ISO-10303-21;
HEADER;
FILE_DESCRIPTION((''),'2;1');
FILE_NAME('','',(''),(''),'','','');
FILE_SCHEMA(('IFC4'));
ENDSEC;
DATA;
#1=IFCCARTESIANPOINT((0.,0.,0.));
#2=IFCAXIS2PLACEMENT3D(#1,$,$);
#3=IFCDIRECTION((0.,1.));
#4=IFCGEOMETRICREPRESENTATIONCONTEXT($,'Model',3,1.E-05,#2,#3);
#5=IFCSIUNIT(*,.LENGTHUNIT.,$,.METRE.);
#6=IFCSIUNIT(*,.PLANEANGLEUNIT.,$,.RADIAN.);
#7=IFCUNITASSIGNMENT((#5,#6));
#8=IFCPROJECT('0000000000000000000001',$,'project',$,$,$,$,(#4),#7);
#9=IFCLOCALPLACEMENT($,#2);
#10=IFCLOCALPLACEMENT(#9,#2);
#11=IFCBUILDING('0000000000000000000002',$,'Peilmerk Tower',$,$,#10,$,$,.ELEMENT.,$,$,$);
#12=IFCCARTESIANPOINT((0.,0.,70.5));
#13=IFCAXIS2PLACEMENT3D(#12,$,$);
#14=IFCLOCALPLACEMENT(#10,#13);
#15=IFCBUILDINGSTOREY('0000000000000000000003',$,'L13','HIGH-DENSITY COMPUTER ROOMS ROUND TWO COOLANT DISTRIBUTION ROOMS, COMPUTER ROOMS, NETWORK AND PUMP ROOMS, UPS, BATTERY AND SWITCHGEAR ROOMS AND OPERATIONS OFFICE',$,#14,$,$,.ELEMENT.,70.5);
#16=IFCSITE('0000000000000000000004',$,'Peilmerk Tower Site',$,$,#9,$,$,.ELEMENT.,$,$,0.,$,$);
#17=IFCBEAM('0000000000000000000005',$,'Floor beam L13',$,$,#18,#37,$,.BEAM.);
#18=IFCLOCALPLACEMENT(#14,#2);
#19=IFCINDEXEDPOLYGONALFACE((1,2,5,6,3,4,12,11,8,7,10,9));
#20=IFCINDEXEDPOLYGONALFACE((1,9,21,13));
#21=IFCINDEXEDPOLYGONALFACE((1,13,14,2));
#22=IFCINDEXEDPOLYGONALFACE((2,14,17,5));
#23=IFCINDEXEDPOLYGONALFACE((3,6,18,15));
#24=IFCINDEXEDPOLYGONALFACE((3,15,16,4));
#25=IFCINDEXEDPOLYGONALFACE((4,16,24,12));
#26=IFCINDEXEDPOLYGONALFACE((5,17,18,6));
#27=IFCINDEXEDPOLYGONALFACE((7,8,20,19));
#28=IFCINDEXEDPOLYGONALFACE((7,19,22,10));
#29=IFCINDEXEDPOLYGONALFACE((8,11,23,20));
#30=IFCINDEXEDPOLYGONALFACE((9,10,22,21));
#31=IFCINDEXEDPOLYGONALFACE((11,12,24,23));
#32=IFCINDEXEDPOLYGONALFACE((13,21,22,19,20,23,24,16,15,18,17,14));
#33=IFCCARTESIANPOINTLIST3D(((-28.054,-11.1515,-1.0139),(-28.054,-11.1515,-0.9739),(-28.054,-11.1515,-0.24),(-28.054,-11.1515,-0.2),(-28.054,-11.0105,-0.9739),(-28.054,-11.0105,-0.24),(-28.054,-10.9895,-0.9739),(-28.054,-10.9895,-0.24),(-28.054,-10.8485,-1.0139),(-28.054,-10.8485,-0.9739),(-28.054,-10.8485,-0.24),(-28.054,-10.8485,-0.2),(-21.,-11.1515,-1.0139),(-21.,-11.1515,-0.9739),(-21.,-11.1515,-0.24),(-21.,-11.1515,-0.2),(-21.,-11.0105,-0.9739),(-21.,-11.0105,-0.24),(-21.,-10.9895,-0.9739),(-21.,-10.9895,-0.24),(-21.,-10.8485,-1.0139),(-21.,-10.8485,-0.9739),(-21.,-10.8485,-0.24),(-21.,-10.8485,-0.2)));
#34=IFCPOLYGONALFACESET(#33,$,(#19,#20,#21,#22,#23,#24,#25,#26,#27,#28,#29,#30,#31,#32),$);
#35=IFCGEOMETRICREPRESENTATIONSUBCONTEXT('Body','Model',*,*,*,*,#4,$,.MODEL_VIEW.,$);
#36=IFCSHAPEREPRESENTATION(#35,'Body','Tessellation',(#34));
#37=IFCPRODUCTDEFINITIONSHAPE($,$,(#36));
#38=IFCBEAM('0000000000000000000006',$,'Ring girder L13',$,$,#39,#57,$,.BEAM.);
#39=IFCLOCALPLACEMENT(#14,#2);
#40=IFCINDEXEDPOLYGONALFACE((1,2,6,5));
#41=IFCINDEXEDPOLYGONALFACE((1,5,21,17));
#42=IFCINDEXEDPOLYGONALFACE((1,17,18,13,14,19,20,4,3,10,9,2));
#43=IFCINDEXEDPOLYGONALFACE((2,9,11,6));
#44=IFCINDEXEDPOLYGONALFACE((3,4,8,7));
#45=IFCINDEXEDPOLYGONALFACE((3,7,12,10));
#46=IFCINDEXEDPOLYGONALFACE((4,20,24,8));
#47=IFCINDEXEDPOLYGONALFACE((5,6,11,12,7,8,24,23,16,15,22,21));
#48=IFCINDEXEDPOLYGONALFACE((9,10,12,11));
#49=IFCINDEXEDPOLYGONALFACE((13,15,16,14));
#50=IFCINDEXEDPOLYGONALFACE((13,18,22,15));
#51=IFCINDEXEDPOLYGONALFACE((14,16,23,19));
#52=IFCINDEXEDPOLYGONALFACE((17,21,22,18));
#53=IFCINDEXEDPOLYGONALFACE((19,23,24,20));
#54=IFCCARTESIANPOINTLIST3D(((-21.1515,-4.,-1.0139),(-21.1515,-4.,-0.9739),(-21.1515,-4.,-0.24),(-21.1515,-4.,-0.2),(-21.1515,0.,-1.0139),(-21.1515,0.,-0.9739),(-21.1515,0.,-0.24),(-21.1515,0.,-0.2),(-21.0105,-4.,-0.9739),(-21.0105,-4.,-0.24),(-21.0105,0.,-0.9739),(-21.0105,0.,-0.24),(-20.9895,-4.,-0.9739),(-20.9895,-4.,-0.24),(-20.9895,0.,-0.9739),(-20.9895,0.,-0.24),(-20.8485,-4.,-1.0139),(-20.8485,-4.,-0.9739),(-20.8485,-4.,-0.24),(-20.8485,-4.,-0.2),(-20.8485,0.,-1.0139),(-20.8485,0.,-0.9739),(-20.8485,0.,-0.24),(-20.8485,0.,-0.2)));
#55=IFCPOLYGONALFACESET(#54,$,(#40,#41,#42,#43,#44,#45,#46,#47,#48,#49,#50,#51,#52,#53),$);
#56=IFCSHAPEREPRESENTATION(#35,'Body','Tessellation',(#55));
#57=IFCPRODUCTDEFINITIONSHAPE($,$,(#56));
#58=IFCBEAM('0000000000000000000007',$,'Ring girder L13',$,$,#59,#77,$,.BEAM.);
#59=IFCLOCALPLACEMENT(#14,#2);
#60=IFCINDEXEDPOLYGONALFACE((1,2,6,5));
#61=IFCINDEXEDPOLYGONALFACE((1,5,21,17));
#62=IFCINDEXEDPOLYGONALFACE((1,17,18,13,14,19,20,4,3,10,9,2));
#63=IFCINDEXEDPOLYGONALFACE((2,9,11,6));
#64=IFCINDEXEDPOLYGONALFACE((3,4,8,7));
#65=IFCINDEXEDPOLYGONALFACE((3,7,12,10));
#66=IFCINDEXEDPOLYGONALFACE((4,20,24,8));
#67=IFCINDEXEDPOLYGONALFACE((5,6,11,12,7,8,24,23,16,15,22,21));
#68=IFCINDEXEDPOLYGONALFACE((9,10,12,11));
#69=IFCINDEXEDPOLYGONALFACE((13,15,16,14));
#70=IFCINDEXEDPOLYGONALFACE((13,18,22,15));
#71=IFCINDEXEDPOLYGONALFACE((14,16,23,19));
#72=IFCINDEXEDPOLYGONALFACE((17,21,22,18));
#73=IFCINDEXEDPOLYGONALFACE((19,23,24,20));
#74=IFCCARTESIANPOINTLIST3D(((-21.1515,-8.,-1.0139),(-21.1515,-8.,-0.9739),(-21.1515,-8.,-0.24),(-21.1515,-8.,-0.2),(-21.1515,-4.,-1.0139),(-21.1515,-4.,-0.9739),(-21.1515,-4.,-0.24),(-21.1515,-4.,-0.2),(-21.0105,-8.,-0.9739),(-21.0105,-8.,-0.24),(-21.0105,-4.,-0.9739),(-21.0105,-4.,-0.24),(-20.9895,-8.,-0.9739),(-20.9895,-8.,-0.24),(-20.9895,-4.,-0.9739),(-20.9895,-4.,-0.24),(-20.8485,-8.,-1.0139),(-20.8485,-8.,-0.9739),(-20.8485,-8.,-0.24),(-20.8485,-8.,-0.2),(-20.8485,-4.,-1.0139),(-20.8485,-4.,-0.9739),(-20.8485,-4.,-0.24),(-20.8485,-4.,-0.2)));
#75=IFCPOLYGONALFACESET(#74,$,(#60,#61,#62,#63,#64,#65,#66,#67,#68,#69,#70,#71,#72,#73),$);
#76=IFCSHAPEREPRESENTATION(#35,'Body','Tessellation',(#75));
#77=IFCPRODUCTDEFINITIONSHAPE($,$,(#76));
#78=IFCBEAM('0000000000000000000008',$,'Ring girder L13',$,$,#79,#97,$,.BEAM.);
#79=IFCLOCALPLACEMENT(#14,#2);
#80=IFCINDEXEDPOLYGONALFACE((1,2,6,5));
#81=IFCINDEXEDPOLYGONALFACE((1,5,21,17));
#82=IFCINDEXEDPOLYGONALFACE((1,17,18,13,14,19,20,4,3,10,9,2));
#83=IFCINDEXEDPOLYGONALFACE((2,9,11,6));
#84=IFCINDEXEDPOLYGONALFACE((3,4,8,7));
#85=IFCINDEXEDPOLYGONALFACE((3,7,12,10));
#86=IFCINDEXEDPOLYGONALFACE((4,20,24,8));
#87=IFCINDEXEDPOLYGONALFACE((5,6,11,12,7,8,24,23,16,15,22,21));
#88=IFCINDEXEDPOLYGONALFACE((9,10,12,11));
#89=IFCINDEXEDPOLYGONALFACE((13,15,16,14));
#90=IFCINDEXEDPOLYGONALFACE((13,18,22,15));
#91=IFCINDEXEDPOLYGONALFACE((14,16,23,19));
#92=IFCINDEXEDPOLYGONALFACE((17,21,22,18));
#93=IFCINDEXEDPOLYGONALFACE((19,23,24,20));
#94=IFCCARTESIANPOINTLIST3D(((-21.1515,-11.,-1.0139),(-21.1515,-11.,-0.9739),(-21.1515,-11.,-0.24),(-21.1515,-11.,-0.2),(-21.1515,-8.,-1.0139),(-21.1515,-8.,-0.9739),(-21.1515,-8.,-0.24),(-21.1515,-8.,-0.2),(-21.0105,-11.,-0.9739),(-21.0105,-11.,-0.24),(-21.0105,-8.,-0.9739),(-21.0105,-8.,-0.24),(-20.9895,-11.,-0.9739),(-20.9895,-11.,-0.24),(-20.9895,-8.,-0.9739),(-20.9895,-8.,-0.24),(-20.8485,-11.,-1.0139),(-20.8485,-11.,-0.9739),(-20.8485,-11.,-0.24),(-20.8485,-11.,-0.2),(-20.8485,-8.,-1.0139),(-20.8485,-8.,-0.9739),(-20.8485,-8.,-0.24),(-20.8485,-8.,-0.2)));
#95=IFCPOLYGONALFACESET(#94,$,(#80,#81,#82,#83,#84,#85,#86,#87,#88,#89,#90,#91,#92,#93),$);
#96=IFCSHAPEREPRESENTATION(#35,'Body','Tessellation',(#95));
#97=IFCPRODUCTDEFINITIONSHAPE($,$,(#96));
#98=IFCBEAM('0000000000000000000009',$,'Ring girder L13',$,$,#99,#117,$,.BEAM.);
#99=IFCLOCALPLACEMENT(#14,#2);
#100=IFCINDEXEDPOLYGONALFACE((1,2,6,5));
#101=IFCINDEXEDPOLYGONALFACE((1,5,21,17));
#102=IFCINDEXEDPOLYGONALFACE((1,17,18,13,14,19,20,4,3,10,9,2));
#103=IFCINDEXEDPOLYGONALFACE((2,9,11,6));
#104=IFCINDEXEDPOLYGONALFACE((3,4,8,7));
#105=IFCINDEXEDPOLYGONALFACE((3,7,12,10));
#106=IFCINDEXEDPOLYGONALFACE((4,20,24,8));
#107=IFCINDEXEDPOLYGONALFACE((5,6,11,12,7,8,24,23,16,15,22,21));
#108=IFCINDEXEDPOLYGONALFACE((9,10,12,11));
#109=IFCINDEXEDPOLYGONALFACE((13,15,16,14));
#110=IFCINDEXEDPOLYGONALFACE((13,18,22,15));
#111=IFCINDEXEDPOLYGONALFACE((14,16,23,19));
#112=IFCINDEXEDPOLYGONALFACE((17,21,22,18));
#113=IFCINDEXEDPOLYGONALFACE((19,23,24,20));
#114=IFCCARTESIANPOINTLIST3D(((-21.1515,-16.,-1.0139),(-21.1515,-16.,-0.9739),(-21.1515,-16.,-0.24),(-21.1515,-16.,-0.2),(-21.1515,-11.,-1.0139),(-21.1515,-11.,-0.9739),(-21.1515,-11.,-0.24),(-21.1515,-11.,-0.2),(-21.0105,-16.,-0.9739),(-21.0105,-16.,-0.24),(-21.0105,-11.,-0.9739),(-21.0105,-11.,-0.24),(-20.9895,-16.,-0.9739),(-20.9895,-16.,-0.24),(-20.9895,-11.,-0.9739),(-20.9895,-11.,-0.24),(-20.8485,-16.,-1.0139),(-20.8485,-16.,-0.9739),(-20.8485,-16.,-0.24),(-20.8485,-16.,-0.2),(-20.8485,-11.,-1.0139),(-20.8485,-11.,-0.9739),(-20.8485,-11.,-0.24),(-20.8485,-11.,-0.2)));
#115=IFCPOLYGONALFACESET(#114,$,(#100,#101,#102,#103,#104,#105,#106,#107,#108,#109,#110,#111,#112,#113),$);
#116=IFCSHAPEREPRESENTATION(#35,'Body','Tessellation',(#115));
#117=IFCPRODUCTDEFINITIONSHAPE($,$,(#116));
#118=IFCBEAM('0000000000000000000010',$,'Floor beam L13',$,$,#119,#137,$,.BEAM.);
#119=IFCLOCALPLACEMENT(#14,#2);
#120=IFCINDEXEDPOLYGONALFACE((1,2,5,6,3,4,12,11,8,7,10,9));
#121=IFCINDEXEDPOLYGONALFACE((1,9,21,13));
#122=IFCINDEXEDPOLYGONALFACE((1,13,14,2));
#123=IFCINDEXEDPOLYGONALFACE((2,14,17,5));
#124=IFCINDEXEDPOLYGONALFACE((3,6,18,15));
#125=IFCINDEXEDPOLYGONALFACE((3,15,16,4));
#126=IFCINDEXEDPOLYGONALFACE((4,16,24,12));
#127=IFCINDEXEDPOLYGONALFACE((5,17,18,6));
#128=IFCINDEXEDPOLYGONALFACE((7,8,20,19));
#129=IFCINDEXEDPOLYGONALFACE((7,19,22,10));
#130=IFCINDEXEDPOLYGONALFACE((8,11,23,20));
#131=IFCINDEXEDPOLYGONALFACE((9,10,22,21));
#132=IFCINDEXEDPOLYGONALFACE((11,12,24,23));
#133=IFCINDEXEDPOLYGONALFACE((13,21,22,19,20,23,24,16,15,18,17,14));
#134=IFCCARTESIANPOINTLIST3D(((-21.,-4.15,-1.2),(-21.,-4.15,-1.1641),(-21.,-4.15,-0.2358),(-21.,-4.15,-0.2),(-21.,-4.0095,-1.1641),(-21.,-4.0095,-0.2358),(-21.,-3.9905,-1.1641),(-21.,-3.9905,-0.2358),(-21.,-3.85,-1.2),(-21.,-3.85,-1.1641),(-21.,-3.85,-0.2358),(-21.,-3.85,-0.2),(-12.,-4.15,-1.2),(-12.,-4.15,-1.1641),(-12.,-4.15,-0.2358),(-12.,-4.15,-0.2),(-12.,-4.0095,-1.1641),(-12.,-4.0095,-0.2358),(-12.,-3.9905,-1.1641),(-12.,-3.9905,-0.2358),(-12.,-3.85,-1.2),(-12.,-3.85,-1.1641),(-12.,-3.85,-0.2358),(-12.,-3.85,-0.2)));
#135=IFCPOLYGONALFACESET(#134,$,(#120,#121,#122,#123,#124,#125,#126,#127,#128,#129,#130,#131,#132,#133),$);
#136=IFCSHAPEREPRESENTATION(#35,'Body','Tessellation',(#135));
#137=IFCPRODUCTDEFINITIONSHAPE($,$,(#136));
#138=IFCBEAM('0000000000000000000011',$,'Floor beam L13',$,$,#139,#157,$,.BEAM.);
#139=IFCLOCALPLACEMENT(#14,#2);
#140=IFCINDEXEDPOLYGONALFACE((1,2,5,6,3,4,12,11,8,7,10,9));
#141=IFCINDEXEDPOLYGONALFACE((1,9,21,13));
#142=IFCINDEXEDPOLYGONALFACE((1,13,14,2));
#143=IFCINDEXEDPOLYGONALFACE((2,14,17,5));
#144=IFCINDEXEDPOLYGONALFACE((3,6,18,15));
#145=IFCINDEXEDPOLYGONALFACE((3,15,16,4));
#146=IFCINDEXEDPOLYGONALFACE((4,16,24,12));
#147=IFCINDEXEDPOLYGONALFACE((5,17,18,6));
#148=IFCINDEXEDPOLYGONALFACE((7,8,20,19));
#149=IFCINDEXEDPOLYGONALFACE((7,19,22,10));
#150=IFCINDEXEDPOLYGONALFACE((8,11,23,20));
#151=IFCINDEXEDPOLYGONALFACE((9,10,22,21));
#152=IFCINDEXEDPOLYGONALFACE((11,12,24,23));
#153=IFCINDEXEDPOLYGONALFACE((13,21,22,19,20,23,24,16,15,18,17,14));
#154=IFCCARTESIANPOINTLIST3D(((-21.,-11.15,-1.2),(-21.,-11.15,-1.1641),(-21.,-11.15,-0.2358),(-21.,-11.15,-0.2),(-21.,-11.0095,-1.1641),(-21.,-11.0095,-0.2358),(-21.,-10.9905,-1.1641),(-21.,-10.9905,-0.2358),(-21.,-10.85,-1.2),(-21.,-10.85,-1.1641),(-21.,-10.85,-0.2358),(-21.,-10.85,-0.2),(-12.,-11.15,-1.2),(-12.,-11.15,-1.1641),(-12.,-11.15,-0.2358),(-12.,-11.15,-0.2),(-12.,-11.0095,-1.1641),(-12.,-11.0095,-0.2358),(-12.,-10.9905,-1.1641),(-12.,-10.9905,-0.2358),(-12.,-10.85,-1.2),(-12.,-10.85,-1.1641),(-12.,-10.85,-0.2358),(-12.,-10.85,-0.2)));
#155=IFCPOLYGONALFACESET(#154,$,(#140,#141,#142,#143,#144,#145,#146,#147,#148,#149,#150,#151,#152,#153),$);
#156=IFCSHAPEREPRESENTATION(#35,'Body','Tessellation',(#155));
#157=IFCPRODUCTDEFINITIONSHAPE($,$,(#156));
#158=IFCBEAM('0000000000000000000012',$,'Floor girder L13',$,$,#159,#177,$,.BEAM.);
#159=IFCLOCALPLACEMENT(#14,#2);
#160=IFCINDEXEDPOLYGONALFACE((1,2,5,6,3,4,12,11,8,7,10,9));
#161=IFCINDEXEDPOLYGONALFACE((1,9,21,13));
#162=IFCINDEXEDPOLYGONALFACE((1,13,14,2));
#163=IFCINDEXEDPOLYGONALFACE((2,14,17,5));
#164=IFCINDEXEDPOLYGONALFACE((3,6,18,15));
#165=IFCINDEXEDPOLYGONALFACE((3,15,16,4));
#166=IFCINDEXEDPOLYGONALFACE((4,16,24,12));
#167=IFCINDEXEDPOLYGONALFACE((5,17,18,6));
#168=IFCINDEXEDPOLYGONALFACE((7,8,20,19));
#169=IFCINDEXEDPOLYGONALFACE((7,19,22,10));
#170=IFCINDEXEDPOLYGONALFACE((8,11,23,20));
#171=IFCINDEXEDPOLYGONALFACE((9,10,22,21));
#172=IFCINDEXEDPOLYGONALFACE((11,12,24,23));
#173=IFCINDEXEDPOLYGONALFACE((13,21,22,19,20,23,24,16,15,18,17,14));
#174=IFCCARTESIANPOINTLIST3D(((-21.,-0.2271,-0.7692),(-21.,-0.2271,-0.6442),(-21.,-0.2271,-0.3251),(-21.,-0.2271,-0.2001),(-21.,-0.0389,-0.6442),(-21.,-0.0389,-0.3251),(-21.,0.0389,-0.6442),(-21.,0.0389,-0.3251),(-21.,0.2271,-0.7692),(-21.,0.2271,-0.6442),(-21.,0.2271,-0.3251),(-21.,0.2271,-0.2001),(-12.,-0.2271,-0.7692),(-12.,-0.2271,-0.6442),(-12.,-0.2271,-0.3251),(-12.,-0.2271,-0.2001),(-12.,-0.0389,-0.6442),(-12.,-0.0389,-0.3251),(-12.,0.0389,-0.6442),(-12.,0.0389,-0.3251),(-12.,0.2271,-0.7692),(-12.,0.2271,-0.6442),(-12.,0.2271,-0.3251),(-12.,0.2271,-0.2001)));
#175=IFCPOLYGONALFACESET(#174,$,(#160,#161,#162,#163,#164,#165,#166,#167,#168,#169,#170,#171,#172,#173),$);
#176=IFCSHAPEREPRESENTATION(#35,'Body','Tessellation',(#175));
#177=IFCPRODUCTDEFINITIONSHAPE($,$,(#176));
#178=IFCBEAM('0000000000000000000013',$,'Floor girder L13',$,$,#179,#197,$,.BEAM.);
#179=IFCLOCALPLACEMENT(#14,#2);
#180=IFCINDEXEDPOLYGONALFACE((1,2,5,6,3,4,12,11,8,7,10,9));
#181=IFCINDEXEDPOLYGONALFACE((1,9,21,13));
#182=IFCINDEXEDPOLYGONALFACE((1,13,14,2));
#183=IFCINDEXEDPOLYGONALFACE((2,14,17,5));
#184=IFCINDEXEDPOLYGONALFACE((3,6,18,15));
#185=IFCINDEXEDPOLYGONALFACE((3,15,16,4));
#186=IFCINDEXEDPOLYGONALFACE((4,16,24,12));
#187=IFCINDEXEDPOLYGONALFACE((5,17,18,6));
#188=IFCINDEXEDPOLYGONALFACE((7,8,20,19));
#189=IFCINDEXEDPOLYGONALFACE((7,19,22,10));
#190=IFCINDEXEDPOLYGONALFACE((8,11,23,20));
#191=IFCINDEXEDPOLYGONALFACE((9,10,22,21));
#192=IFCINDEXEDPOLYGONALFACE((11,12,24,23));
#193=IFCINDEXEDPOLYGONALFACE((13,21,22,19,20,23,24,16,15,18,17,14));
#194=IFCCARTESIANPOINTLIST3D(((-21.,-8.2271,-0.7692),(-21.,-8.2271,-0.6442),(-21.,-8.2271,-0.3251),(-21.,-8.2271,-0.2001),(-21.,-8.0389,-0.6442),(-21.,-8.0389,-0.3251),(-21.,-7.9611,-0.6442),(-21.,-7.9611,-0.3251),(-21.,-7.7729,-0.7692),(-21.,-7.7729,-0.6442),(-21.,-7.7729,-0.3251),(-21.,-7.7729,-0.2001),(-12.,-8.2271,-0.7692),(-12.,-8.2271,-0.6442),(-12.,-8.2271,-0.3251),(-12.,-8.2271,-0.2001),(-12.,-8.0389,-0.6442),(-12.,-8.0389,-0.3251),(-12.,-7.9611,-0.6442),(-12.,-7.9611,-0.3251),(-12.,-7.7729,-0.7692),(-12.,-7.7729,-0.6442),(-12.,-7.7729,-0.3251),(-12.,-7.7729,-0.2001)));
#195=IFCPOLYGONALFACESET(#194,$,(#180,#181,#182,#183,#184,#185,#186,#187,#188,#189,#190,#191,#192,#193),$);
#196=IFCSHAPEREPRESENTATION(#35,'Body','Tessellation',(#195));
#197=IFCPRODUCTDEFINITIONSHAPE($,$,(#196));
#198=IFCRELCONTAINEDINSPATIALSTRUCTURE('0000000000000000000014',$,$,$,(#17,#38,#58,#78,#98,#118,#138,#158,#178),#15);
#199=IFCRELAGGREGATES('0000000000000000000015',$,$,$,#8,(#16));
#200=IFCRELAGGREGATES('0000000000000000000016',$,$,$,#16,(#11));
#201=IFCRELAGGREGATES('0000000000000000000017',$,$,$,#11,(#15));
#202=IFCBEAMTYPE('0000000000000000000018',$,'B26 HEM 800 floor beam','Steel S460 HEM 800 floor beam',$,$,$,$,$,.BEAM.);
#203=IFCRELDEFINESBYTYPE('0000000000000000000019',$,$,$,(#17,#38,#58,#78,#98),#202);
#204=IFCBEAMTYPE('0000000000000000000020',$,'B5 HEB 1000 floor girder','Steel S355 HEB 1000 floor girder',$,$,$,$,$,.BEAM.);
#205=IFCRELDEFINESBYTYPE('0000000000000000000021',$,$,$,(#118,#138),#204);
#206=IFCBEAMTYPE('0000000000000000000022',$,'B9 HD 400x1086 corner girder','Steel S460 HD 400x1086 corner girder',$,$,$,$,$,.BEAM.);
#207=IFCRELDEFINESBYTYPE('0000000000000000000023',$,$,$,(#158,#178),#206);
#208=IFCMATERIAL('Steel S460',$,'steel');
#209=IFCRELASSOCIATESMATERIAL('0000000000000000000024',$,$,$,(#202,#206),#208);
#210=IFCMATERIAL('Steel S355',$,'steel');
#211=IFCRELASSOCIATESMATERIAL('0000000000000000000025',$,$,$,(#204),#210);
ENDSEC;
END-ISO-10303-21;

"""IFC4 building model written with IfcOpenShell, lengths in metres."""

from ifc_helpers import new_model, si_unit, direction, frame, origin, origin_2d, place, context, subcontext, project, spatial, i_section, extrude, material, material_profile, profile_set, type_object, element, save


model = new_model("IFC4")

# Units and contexts
model_context = context("Model", 3, precision=1e-05, world=origin(), true_north=direction((0.0, 1.0)))
body_context = subcontext(model_context, "Body", "Model", "MODEL_VIEW")
ifc_project = project(units=[si_unit("LENGTHUNIT", "METRE"), si_unit("PLANEANGLEUNIT", "RADIAN")], contexts=[model_context])

# Site, building, storey
site_placement = place(None, origin())
site = spatial("IfcSite", under=ifc_project, at=site_placement, Name="Peilmerk Tower Site", CompositionType="ELEMENT", RefElevation=0.0)
building_placement = place(site_placement, origin())
building = spatial("IfcBuilding", under=site, at=building_placement, Name="Peilmerk Tower", CompositionType="ELEMENT")
storey_placement = place(building_placement, frame((0.0, 0.0, 70.5)))
storey = spatial("IfcBuildingStorey", under=building, at=storey_placement, Name="L13", Description="HIGH-DENSITY COMPUTER ROOMS ROUND TWO COOLANT DISTRIBUTION ROOMS, COMPUTER ROOMS, NETWORK AND PUMP ROOMS, UPS, BATTERY AND SWITCHGEAR ROOMS AND OPERATIONS OFFICE", CompositionType="ELEMENT", Elevation=70.5)

# Beams
ifc_material_1 = material(Name="Steel S355", Category="steel")
ifc_material_2 = material(Name="Steel S460", Category="steel")
ifc_material_profile_1 = material_profile(ifc_material_2, i_section(OverallWidth=0.303, OverallDepth=0.814, WebThickness=0.021, FlangeThickness=0.04, at=origin_2d()), Name="HEM 800")
ifc_profile_set_1 = profile_set([ifc_material_profile_1], Name="Steel S460")
beam_type_1 = type_object("IfcBeamType", Name="B26 HEM 800 floor beam", Description="Steel S460 HEM 800 floor beam", PredefinedType="BEAM", material=ifc_profile_set_1)
for number, where, z_axis, x_axis, name in (
    (1, (-21.0, -11.0, -0.6069), (-1.0, 0.0, 0.0), (0.0, -1.0, 0.0), "Floor beam L13"),
):
    element("IfcBeam", number, at=place(storey_placement, frame(where, z_axis=z_axis, x_axis=x_axis)), inside=storey, type_object=beam_type_1, Name=name, PredefinedType="BEAM", context=body_context, shape_type="SweptSolid", body=[
        extrude(i_section(OverallWidth=0.303, OverallDepth=0.814, WebThickness=0.021, FlangeThickness=0.04, at=origin_2d()), origin(), (0.0, 0.0, 1.0), 7.054),
    ])
for number, where, z_axis, x_axis, name in (
    (2, (-21.0, 0.0, -0.6069), (0.0, -1.0, 0.0), (1.0, 0.0, 0.0), "Ring girder L13"),
    (3, (-21.0, -4.0, -0.6069), (0.0, -1.0, 0.0), (1.0, 0.0, 0.0), "Ring girder L13"),
):
    element("IfcBeam", number, at=place(storey_placement, frame(where, z_axis=z_axis, x_axis=x_axis)), inside=storey, type_object=beam_type_1, Name=name, PredefinedType="BEAM", context=body_context, shape_type="SweptSolid", body=[
        extrude(i_section(OverallWidth=0.303, OverallDepth=0.814, WebThickness=0.021, FlangeThickness=0.04, at=origin_2d()), origin(), (0.0, 0.0, 1.0), 4.0),
    ])
beam_1_placement = place(storey_placement, frame((-21.0, -8.0, -0.6069), z_axis=(0.0, -1.0, 0.0), x_axis=(1.0, 0.0, 0.0)))
element("IfcBeam", 4, at=beam_1_placement, inside=storey, type_object=beam_type_1, Name="Ring girder L13", PredefinedType="BEAM", context=body_context, shape_type="SweptSolid", body=[
    extrude(i_section(OverallWidth=0.303, OverallDepth=0.814, WebThickness=0.021, FlangeThickness=0.04, at=origin_2d()), origin(), (0.0, 0.0, 1.0), 3.0),
])
beam_2_placement = place(storey_placement, frame((-21.0, -11.0, -0.6069), z_axis=(0.0, -1.0, 0.0), x_axis=(1.0, 0.0, 0.0)))
element("IfcBeam", 5, at=beam_2_placement, inside=storey, type_object=beam_type_1, Name="Ring girder L13", PredefinedType="BEAM", context=body_context, shape_type="SweptSolid", body=[
    extrude(i_section(OverallWidth=0.303, OverallDepth=0.814, WebThickness=0.021, FlangeThickness=0.04, at=origin_2d()), origin(), (0.0, 0.0, 1.0), 5.0),
])
ifc_material_profile_2 = material_profile(ifc_material_1, i_section(OverallWidth=0.3, OverallDepth=1.0, WebThickness=0.019, FlangeThickness=0.0359, at=origin_2d()), Name="HEB 1000")
ifc_profile_set_2 = profile_set([ifc_material_profile_2], Name="Steel S355")
beam_type_2 = type_object("IfcBeamType", Name="B5 HEB 1000 floor girder", Description="Steel S355 HEB 1000 floor girder", PredefinedType="BEAM", material=ifc_profile_set_2)
for number, where, z_axis, x_axis, name in (
    (6, (-12.0, -4.0, -0.7), (-1.0, 0.0, 0.0), (0.0, -1.0, 0.0), "Floor beam L13"),
    (7, (-12.0, -11.0, -0.7), (-1.0, 0.0, 0.0), (0.0, -1.0, 0.0), "Floor beam L13"),
):
    element("IfcBeam", number, at=place(storey_placement, frame(where, z_axis=z_axis, x_axis=x_axis)), inside=storey, type_object=beam_type_2, Name=name, PredefinedType="BEAM", context=body_context, shape_type="SweptSolid", body=[
        extrude(i_section(OverallWidth=0.3, OverallDepth=1.0, WebThickness=0.019, FlangeThickness=0.0359, at=origin_2d()), origin(), (0.0, 0.0, 1.0), 9.0),
    ])
ifc_material_profile_3 = material_profile(ifc_material_2, i_section(OverallWidth=0.4541, OverallDepth=0.5691, WebThickness=0.0779, FlangeThickness=0.125, at=origin_2d()), Name="HD 400x1086")
ifc_profile_set_3 = profile_set([ifc_material_profile_3], Name="Steel S460")
beam_type_3 = type_object("IfcBeamType", Name="B9 HD 400x1086 corner girder", Description="Steel S460 HD 400x1086 corner girder", PredefinedType="BEAM", material=ifc_profile_set_3)
for number, where, z_axis, x_axis, name in (
    (8, (-12.0, 0.0, -0.4846), (-1.0, 0.0, 0.0), (0.0, -1.0, 0.0), "Floor girder L13"),
    (9, (-12.0, -8.0, -0.4846), (-1.0, 0.0, 0.0), (0.0, -1.0, 0.0), "Floor girder L13"),
):
    element("IfcBeam", number, at=place(storey_placement, frame(where, z_axis=z_axis, x_axis=x_axis)), inside=storey, type_object=beam_type_3, Name=name, PredefinedType="BEAM", context=body_context, shape_type="SweptSolid", body=[
        extrude(i_section(OverallWidth=0.4541, OverallDepth=0.5691, WebThickness=0.0779, FlangeThickness=0.125, at=origin_2d()), origin(), (0.0, 0.0, 1.0), 9.0),
    ])

save(model, "model.ifc")
